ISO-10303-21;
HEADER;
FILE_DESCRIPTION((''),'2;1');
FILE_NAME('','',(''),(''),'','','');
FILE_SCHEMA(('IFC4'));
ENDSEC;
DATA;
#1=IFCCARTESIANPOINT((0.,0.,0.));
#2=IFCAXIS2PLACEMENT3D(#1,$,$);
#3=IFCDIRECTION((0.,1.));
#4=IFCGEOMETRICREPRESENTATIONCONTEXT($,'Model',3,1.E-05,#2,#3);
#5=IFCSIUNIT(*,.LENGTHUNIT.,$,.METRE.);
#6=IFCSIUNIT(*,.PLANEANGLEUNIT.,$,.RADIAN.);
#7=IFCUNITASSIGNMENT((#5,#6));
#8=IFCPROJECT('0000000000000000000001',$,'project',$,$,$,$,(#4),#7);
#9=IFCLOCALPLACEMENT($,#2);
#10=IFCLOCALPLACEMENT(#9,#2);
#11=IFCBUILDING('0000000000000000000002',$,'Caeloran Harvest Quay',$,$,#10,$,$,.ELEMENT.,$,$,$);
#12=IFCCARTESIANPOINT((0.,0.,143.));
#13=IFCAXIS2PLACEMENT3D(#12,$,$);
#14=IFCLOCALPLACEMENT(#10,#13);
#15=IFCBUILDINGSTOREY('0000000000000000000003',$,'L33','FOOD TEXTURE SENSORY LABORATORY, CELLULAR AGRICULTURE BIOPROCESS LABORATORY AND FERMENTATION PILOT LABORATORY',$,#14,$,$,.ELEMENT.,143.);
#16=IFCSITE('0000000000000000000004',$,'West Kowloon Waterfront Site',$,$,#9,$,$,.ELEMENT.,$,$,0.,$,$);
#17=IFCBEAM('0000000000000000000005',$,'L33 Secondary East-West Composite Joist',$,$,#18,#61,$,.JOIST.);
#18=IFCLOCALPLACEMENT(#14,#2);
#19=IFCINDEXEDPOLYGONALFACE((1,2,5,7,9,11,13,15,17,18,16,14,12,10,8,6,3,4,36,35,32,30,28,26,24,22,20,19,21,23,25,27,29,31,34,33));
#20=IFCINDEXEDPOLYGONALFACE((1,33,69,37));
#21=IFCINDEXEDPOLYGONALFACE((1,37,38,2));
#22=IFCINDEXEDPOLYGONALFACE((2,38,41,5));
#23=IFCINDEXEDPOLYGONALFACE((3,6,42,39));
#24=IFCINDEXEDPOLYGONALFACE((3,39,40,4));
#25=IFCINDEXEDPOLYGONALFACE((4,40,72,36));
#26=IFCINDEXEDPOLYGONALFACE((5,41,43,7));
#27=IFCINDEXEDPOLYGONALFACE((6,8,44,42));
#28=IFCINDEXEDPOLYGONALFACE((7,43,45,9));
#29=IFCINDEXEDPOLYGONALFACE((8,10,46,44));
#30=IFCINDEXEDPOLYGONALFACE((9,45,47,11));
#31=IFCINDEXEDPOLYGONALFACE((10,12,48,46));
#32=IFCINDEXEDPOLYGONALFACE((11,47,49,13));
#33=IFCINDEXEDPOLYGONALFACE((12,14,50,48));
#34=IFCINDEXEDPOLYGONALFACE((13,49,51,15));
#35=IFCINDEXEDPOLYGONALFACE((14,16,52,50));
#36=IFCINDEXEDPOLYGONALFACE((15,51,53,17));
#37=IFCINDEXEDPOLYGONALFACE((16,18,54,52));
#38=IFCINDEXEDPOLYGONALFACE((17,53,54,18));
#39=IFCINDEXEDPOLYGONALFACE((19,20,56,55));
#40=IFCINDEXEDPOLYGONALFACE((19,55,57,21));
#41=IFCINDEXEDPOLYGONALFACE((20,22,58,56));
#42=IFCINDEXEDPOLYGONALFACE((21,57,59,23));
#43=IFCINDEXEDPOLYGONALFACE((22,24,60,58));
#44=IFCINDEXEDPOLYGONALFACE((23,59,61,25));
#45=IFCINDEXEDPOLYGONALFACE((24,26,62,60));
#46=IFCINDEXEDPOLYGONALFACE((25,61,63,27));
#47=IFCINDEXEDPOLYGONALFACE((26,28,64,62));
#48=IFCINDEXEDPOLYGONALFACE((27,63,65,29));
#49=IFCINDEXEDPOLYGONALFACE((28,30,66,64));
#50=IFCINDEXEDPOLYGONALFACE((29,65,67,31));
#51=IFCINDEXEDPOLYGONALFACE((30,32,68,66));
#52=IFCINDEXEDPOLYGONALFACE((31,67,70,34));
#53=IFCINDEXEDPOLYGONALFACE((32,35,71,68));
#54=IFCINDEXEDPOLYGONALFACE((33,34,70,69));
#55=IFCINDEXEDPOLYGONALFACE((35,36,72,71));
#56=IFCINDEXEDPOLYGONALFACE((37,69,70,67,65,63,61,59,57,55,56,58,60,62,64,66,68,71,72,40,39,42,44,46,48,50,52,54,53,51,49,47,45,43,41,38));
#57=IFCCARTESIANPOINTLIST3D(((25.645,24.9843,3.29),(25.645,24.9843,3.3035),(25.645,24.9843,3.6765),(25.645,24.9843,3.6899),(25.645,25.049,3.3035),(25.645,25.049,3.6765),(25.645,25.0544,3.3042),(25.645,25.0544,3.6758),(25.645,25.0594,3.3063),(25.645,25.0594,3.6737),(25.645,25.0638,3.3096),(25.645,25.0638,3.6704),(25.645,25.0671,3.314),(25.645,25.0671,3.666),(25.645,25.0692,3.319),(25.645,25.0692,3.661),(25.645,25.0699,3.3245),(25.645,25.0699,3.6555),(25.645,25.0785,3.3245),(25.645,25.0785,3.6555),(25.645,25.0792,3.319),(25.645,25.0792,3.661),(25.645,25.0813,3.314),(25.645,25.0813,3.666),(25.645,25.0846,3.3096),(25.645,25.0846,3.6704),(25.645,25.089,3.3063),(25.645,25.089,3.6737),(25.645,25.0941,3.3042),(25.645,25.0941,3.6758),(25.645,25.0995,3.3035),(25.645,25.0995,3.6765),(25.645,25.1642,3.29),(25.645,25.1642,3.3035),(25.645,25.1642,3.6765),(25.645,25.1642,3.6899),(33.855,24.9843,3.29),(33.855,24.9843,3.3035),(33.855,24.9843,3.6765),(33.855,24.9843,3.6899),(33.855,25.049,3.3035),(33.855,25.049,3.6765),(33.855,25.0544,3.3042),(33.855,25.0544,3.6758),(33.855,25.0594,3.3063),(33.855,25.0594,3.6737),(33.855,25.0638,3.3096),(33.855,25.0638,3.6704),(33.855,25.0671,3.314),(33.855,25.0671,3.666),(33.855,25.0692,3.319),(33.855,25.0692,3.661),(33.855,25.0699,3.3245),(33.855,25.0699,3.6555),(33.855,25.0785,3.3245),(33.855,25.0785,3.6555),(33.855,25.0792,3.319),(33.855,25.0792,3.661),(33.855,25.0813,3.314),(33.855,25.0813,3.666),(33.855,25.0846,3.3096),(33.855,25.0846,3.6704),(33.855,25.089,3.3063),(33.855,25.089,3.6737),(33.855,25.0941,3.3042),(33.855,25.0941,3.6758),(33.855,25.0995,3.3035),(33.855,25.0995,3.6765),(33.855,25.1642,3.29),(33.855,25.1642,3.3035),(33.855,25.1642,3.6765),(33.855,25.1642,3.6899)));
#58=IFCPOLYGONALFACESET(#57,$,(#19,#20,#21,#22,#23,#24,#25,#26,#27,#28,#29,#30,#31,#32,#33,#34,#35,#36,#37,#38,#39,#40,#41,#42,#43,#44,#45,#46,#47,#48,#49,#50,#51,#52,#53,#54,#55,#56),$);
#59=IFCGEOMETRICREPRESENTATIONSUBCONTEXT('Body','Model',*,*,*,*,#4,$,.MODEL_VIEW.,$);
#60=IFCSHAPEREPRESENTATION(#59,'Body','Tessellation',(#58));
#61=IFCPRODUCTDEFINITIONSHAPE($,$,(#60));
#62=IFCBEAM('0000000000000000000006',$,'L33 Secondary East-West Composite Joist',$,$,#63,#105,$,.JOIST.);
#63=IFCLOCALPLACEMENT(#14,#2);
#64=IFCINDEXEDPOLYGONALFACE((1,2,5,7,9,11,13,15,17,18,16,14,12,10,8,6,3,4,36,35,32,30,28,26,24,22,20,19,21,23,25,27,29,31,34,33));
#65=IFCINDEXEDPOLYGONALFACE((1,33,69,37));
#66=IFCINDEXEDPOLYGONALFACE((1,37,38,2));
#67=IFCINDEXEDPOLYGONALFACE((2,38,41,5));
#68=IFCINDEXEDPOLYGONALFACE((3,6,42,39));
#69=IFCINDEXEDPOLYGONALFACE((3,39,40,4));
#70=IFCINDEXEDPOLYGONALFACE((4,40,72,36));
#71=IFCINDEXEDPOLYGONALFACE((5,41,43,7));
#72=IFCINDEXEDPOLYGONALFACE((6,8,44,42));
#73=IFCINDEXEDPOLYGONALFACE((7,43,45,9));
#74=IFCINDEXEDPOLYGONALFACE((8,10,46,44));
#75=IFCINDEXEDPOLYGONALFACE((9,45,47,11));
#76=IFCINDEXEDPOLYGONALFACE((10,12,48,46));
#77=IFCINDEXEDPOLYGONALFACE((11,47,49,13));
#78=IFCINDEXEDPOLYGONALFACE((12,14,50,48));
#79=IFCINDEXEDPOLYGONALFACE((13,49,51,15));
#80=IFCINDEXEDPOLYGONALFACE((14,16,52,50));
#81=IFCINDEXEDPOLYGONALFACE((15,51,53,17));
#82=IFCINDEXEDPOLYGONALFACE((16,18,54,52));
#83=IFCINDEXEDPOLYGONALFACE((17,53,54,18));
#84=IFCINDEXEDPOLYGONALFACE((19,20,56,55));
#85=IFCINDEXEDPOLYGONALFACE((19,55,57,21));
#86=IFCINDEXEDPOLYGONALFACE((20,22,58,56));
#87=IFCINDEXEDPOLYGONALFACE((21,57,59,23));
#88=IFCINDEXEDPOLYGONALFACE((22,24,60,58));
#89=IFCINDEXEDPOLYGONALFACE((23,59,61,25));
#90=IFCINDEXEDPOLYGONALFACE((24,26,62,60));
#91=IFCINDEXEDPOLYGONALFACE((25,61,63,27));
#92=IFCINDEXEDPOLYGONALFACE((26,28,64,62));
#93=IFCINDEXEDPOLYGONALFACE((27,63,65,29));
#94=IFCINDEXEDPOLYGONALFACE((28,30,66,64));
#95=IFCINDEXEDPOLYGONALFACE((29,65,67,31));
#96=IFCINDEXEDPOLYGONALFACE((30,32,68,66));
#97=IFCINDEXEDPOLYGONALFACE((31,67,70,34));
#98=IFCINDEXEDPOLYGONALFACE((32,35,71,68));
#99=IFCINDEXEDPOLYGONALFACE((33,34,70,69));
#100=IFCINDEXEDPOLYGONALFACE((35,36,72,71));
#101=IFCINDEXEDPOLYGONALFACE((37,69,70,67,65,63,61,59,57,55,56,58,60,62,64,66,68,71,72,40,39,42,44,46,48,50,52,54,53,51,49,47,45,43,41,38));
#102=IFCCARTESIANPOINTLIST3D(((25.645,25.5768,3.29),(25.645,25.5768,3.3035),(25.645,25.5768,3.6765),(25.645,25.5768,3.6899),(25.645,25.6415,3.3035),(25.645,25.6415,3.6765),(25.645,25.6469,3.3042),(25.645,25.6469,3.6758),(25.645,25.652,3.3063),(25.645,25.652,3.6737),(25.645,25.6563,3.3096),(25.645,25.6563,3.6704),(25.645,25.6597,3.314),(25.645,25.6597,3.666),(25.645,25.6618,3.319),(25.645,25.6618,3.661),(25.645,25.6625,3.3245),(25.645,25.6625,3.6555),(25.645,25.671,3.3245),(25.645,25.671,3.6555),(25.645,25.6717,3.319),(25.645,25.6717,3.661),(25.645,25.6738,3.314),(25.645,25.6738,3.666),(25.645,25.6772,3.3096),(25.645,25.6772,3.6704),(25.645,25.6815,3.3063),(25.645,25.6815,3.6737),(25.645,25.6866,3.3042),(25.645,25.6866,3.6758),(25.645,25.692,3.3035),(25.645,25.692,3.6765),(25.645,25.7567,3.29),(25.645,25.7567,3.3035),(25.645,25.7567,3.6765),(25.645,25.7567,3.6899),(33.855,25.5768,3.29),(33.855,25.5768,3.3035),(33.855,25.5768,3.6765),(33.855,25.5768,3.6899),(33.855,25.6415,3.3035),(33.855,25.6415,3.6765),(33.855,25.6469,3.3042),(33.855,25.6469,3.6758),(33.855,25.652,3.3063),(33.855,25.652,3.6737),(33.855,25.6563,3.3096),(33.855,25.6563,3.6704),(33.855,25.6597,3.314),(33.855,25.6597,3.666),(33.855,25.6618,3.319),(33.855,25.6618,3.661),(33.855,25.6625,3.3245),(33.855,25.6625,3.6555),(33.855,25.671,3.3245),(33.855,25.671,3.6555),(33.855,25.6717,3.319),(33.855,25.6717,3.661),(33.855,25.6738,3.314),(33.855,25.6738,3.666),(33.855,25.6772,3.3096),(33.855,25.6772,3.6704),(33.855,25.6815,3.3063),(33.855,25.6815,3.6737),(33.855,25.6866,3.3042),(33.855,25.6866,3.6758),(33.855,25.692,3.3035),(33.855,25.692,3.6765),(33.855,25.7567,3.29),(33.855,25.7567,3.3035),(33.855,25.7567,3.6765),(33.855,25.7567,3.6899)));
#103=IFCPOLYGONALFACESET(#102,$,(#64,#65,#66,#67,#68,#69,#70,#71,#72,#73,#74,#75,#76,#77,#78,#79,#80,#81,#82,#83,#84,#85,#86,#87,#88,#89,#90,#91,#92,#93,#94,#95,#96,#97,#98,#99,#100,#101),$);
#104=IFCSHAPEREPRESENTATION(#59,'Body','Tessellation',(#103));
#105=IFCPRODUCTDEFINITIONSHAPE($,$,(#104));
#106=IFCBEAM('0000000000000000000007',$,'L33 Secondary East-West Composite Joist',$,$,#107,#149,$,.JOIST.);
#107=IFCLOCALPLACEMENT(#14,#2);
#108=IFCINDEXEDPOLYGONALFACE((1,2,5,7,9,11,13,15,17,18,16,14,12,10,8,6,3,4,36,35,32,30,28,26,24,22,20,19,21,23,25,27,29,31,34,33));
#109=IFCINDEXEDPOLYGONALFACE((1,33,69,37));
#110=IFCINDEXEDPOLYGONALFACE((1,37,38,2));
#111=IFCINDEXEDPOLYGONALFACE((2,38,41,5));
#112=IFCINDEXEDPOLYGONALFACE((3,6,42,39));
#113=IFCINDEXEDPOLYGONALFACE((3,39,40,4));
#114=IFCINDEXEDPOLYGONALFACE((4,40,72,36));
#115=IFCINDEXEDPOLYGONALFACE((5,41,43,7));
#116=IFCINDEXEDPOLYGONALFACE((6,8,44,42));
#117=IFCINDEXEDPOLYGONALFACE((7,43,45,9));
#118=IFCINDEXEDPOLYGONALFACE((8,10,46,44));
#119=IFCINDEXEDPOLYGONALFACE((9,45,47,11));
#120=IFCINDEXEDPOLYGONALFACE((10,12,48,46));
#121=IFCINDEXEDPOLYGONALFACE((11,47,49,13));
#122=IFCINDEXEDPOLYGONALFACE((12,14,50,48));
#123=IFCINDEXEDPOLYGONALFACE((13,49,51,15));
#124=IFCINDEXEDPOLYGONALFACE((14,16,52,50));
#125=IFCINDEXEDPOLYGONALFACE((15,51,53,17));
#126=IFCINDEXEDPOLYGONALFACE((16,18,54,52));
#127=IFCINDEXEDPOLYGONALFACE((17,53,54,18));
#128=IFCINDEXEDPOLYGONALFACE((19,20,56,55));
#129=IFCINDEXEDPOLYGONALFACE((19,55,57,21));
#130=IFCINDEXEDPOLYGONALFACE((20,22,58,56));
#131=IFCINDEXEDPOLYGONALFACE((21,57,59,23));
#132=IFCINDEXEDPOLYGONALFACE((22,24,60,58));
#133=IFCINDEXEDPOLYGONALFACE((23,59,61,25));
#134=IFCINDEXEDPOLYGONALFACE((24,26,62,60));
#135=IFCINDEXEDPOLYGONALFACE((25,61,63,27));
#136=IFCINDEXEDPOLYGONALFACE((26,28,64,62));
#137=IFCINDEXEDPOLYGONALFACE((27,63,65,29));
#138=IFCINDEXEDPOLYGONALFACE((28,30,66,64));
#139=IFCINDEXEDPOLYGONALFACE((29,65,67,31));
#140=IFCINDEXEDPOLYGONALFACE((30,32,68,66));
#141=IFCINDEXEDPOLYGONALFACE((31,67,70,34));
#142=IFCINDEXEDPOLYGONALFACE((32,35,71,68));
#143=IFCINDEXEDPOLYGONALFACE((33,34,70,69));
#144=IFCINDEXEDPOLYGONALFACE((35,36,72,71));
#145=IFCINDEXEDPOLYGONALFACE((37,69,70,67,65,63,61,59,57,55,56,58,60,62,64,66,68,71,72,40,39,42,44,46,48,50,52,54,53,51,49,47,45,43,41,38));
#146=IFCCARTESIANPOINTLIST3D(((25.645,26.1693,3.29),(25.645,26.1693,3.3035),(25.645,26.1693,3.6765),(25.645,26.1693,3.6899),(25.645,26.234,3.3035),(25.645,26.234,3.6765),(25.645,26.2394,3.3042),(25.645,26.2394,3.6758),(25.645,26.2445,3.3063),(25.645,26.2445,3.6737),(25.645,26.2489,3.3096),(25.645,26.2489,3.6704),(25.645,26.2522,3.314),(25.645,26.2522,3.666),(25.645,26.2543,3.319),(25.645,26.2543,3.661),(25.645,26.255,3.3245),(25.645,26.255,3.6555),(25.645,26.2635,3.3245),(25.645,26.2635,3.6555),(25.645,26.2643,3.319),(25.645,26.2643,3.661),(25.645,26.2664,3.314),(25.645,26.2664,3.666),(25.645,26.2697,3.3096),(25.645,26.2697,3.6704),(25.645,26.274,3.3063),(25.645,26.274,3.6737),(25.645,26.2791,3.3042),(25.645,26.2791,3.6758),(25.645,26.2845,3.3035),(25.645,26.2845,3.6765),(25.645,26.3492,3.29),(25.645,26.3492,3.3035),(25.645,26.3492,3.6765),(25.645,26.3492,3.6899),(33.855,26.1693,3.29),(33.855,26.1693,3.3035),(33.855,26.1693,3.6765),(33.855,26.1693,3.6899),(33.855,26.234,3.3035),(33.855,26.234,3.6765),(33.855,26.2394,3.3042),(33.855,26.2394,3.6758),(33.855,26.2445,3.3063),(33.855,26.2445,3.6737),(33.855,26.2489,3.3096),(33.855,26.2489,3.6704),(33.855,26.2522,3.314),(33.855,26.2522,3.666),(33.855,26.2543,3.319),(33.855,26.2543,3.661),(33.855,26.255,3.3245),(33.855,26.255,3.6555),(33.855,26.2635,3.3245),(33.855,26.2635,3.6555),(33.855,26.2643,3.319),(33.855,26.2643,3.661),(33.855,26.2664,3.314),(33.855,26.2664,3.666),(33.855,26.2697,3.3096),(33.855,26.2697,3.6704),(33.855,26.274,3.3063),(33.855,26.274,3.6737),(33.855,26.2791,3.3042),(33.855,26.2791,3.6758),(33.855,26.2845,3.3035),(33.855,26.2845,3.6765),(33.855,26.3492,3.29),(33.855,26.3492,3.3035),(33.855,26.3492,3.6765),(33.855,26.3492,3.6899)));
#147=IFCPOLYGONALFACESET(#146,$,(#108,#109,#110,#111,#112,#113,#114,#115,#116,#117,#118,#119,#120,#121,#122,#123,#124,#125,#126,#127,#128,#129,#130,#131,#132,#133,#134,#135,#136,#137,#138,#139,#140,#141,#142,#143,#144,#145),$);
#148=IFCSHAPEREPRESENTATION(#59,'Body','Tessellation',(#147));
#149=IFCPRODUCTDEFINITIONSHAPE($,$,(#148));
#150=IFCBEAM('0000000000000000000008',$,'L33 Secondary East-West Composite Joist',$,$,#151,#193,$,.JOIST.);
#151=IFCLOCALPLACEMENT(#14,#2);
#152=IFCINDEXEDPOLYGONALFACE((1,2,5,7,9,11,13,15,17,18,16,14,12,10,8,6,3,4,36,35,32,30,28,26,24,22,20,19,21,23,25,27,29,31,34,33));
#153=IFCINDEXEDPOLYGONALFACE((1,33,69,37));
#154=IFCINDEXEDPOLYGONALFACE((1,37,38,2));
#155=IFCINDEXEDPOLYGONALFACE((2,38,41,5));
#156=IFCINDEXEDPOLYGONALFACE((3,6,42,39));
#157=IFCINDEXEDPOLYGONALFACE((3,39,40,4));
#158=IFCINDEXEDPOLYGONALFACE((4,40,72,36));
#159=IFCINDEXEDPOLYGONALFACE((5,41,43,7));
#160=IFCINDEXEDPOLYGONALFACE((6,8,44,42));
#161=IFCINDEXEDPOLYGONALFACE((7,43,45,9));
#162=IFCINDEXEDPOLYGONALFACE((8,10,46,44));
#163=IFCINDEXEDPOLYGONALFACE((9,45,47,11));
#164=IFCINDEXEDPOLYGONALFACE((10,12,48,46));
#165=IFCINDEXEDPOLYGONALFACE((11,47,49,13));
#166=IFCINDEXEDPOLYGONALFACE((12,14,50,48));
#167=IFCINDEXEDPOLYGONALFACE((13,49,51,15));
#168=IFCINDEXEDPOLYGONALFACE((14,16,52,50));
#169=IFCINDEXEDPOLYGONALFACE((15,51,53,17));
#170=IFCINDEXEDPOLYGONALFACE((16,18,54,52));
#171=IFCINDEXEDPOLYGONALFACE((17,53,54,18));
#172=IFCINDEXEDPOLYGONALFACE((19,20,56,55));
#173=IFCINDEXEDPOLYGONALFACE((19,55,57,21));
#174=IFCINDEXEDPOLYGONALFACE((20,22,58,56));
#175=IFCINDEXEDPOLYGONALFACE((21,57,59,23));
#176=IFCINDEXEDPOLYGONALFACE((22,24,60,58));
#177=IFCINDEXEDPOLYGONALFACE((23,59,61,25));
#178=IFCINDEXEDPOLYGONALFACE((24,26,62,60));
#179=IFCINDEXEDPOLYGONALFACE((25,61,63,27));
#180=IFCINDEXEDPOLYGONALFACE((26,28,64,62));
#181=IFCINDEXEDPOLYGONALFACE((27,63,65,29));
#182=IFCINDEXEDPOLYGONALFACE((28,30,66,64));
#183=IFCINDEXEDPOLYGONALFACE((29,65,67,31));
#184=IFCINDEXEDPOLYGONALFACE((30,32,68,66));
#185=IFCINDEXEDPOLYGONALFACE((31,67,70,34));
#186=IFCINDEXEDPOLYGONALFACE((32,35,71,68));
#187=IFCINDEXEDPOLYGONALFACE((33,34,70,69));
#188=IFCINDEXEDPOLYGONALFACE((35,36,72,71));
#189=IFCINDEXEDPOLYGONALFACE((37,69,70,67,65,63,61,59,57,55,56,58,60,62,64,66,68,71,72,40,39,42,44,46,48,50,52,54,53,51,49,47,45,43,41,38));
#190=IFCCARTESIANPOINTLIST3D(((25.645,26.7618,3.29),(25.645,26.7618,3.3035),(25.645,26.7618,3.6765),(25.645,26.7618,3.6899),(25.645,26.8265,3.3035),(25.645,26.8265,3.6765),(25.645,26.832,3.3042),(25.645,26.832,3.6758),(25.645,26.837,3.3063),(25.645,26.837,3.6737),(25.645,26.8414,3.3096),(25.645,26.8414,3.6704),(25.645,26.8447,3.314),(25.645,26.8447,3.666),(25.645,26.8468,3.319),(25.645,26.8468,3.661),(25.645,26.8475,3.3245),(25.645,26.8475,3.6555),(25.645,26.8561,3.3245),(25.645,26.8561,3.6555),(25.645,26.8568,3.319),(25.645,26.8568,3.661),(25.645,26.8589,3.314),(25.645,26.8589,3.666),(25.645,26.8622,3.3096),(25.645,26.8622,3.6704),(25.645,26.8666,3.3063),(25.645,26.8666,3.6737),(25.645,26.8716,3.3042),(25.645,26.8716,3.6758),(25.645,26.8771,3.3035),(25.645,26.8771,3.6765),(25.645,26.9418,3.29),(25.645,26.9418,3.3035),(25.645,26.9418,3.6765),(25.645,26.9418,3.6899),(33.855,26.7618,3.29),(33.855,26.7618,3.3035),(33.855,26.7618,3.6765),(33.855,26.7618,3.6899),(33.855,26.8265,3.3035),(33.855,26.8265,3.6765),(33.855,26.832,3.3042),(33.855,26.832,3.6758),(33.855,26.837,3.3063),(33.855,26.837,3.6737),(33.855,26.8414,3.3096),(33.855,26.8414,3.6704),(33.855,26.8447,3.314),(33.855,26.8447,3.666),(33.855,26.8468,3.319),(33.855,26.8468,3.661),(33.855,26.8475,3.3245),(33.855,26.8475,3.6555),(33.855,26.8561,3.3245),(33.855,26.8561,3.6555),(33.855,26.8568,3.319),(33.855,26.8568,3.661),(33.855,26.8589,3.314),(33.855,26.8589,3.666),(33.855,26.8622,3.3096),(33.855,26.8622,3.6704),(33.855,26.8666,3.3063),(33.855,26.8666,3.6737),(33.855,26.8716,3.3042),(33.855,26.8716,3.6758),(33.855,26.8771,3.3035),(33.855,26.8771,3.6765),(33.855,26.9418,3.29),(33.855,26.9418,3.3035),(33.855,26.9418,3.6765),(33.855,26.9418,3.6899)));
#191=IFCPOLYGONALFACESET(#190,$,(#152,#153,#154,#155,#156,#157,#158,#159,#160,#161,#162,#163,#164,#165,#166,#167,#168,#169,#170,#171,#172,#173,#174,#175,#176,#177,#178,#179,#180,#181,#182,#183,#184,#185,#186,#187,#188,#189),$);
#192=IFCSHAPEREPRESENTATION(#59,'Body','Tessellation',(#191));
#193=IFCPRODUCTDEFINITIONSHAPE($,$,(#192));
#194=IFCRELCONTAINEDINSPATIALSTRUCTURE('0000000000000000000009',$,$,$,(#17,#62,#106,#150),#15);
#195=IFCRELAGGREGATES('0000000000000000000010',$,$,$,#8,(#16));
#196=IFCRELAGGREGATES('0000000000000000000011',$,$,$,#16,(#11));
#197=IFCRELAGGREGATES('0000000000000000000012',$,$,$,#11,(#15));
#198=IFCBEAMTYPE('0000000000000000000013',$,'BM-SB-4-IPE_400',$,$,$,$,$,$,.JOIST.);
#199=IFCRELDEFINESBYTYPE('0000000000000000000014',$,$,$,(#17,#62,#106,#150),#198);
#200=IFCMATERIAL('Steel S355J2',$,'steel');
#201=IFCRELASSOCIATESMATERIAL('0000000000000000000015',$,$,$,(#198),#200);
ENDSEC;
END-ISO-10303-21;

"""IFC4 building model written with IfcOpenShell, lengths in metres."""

from ifc_helpers import new_model, si_unit, direction, frame, origin, origin_2d, place, context, subcontext, project, spatial, i_section, extrude, material, material_profile, profile_set, type_object, element, save


model = new_model("IFC4")

# Units and contexts
model_context = context("Model", 3, precision=1e-05, world=origin(), true_north=direction((0.0, 1.0)))
body_context = subcontext(model_context, "Body", "Model", "MODEL_VIEW")
ifc_project = project(units=[si_unit("LENGTHUNIT", "METRE"), si_unit("PLANEANGLEUNIT", "RADIAN")], contexts=[model_context])

# Site, building, storey
site_placement = place(None, origin())
site = spatial("IfcSite", under=ifc_project, at=site_placement, Name="West Kowloon Waterfront Site", CompositionType="ELEMENT", RefElevation=0.0)
building_placement = place(site_placement, origin())
building = spatial("IfcBuilding", under=site, at=building_placement, Name="Caeloran Harvest Quay", CompositionType="ELEMENT")
storey_placement = place(building_placement, frame((0.0, 0.0, 143.0)))
storey = spatial("IfcBuildingStorey", under=building, at=storey_placement, Name="L33", Description="FOOD TEXTURE SENSORY LABORATORY, CELLULAR AGRICULTURE BIOPROCESS LABORATORY AND FERMENTATION PILOT LABORATORY", CompositionType="ELEMENT", Elevation=143.0)

# Beams
ifc_material = material(Name="Steel S355J2", Category="steel")
ifc_material_profile_1 = material_profile(ifc_material, i_section(OverallWidth=0.1799, OverallDepth=0.3999, WebThickness=0.0085, FlangeThickness=0.0134, FilletRadius=0.021, at=origin_2d()), Name="IPE 400")
ifc_profile_set_1 = profile_set([ifc_material_profile_1], Name="Steel S355J2")
beam_type_1 = type_object("IfcBeamType", Name="BM-SB-4-IPE_400", PredefinedType="JOIST", material=ifc_profile_set_1)
for number, where, z_axis, x_axis, name in (
    (1, (25.645, 25.0742, 3.49), (1.0, 0.0, 0.0), (0.0, 1.0, 0.0), "L33 Secondary East-West Composite Joist"),
    (2, (25.645, 25.6667, 3.49), (1.0, 0.0, 0.0), (0.0, 1.0, 0.0), "L33 Secondary East-West Composite Joist"),
    (3, (25.645, 26.2593, 3.49), (1.0, 0.0, 0.0), (0.0, 1.0, 0.0), "L33 Secondary East-West Composite Joist"),
    (4, (25.645, 26.8518, 3.49), (1.0, 0.0, 0.0), (0.0, 1.0, 0.0), "L33 Secondary East-West Composite Joist"),
):
    element("IfcBeam", number, at=place(storey_placement, frame(where, z_axis=z_axis, x_axis=x_axis)), inside=storey, type_object=beam_type_1, Name=name, PredefinedType="JOIST", context=body_context, shape_type="SweptSolid", body=[
        extrude(i_section(OverallWidth=0.1799, OverallDepth=0.3999, WebThickness=0.0085, FlangeThickness=0.0134, FilletRadius=0.021, at=origin_2d()), origin(), (0.0, 0.0, 1.0), 8.21),
    ])

save(model, "model.ifc")
